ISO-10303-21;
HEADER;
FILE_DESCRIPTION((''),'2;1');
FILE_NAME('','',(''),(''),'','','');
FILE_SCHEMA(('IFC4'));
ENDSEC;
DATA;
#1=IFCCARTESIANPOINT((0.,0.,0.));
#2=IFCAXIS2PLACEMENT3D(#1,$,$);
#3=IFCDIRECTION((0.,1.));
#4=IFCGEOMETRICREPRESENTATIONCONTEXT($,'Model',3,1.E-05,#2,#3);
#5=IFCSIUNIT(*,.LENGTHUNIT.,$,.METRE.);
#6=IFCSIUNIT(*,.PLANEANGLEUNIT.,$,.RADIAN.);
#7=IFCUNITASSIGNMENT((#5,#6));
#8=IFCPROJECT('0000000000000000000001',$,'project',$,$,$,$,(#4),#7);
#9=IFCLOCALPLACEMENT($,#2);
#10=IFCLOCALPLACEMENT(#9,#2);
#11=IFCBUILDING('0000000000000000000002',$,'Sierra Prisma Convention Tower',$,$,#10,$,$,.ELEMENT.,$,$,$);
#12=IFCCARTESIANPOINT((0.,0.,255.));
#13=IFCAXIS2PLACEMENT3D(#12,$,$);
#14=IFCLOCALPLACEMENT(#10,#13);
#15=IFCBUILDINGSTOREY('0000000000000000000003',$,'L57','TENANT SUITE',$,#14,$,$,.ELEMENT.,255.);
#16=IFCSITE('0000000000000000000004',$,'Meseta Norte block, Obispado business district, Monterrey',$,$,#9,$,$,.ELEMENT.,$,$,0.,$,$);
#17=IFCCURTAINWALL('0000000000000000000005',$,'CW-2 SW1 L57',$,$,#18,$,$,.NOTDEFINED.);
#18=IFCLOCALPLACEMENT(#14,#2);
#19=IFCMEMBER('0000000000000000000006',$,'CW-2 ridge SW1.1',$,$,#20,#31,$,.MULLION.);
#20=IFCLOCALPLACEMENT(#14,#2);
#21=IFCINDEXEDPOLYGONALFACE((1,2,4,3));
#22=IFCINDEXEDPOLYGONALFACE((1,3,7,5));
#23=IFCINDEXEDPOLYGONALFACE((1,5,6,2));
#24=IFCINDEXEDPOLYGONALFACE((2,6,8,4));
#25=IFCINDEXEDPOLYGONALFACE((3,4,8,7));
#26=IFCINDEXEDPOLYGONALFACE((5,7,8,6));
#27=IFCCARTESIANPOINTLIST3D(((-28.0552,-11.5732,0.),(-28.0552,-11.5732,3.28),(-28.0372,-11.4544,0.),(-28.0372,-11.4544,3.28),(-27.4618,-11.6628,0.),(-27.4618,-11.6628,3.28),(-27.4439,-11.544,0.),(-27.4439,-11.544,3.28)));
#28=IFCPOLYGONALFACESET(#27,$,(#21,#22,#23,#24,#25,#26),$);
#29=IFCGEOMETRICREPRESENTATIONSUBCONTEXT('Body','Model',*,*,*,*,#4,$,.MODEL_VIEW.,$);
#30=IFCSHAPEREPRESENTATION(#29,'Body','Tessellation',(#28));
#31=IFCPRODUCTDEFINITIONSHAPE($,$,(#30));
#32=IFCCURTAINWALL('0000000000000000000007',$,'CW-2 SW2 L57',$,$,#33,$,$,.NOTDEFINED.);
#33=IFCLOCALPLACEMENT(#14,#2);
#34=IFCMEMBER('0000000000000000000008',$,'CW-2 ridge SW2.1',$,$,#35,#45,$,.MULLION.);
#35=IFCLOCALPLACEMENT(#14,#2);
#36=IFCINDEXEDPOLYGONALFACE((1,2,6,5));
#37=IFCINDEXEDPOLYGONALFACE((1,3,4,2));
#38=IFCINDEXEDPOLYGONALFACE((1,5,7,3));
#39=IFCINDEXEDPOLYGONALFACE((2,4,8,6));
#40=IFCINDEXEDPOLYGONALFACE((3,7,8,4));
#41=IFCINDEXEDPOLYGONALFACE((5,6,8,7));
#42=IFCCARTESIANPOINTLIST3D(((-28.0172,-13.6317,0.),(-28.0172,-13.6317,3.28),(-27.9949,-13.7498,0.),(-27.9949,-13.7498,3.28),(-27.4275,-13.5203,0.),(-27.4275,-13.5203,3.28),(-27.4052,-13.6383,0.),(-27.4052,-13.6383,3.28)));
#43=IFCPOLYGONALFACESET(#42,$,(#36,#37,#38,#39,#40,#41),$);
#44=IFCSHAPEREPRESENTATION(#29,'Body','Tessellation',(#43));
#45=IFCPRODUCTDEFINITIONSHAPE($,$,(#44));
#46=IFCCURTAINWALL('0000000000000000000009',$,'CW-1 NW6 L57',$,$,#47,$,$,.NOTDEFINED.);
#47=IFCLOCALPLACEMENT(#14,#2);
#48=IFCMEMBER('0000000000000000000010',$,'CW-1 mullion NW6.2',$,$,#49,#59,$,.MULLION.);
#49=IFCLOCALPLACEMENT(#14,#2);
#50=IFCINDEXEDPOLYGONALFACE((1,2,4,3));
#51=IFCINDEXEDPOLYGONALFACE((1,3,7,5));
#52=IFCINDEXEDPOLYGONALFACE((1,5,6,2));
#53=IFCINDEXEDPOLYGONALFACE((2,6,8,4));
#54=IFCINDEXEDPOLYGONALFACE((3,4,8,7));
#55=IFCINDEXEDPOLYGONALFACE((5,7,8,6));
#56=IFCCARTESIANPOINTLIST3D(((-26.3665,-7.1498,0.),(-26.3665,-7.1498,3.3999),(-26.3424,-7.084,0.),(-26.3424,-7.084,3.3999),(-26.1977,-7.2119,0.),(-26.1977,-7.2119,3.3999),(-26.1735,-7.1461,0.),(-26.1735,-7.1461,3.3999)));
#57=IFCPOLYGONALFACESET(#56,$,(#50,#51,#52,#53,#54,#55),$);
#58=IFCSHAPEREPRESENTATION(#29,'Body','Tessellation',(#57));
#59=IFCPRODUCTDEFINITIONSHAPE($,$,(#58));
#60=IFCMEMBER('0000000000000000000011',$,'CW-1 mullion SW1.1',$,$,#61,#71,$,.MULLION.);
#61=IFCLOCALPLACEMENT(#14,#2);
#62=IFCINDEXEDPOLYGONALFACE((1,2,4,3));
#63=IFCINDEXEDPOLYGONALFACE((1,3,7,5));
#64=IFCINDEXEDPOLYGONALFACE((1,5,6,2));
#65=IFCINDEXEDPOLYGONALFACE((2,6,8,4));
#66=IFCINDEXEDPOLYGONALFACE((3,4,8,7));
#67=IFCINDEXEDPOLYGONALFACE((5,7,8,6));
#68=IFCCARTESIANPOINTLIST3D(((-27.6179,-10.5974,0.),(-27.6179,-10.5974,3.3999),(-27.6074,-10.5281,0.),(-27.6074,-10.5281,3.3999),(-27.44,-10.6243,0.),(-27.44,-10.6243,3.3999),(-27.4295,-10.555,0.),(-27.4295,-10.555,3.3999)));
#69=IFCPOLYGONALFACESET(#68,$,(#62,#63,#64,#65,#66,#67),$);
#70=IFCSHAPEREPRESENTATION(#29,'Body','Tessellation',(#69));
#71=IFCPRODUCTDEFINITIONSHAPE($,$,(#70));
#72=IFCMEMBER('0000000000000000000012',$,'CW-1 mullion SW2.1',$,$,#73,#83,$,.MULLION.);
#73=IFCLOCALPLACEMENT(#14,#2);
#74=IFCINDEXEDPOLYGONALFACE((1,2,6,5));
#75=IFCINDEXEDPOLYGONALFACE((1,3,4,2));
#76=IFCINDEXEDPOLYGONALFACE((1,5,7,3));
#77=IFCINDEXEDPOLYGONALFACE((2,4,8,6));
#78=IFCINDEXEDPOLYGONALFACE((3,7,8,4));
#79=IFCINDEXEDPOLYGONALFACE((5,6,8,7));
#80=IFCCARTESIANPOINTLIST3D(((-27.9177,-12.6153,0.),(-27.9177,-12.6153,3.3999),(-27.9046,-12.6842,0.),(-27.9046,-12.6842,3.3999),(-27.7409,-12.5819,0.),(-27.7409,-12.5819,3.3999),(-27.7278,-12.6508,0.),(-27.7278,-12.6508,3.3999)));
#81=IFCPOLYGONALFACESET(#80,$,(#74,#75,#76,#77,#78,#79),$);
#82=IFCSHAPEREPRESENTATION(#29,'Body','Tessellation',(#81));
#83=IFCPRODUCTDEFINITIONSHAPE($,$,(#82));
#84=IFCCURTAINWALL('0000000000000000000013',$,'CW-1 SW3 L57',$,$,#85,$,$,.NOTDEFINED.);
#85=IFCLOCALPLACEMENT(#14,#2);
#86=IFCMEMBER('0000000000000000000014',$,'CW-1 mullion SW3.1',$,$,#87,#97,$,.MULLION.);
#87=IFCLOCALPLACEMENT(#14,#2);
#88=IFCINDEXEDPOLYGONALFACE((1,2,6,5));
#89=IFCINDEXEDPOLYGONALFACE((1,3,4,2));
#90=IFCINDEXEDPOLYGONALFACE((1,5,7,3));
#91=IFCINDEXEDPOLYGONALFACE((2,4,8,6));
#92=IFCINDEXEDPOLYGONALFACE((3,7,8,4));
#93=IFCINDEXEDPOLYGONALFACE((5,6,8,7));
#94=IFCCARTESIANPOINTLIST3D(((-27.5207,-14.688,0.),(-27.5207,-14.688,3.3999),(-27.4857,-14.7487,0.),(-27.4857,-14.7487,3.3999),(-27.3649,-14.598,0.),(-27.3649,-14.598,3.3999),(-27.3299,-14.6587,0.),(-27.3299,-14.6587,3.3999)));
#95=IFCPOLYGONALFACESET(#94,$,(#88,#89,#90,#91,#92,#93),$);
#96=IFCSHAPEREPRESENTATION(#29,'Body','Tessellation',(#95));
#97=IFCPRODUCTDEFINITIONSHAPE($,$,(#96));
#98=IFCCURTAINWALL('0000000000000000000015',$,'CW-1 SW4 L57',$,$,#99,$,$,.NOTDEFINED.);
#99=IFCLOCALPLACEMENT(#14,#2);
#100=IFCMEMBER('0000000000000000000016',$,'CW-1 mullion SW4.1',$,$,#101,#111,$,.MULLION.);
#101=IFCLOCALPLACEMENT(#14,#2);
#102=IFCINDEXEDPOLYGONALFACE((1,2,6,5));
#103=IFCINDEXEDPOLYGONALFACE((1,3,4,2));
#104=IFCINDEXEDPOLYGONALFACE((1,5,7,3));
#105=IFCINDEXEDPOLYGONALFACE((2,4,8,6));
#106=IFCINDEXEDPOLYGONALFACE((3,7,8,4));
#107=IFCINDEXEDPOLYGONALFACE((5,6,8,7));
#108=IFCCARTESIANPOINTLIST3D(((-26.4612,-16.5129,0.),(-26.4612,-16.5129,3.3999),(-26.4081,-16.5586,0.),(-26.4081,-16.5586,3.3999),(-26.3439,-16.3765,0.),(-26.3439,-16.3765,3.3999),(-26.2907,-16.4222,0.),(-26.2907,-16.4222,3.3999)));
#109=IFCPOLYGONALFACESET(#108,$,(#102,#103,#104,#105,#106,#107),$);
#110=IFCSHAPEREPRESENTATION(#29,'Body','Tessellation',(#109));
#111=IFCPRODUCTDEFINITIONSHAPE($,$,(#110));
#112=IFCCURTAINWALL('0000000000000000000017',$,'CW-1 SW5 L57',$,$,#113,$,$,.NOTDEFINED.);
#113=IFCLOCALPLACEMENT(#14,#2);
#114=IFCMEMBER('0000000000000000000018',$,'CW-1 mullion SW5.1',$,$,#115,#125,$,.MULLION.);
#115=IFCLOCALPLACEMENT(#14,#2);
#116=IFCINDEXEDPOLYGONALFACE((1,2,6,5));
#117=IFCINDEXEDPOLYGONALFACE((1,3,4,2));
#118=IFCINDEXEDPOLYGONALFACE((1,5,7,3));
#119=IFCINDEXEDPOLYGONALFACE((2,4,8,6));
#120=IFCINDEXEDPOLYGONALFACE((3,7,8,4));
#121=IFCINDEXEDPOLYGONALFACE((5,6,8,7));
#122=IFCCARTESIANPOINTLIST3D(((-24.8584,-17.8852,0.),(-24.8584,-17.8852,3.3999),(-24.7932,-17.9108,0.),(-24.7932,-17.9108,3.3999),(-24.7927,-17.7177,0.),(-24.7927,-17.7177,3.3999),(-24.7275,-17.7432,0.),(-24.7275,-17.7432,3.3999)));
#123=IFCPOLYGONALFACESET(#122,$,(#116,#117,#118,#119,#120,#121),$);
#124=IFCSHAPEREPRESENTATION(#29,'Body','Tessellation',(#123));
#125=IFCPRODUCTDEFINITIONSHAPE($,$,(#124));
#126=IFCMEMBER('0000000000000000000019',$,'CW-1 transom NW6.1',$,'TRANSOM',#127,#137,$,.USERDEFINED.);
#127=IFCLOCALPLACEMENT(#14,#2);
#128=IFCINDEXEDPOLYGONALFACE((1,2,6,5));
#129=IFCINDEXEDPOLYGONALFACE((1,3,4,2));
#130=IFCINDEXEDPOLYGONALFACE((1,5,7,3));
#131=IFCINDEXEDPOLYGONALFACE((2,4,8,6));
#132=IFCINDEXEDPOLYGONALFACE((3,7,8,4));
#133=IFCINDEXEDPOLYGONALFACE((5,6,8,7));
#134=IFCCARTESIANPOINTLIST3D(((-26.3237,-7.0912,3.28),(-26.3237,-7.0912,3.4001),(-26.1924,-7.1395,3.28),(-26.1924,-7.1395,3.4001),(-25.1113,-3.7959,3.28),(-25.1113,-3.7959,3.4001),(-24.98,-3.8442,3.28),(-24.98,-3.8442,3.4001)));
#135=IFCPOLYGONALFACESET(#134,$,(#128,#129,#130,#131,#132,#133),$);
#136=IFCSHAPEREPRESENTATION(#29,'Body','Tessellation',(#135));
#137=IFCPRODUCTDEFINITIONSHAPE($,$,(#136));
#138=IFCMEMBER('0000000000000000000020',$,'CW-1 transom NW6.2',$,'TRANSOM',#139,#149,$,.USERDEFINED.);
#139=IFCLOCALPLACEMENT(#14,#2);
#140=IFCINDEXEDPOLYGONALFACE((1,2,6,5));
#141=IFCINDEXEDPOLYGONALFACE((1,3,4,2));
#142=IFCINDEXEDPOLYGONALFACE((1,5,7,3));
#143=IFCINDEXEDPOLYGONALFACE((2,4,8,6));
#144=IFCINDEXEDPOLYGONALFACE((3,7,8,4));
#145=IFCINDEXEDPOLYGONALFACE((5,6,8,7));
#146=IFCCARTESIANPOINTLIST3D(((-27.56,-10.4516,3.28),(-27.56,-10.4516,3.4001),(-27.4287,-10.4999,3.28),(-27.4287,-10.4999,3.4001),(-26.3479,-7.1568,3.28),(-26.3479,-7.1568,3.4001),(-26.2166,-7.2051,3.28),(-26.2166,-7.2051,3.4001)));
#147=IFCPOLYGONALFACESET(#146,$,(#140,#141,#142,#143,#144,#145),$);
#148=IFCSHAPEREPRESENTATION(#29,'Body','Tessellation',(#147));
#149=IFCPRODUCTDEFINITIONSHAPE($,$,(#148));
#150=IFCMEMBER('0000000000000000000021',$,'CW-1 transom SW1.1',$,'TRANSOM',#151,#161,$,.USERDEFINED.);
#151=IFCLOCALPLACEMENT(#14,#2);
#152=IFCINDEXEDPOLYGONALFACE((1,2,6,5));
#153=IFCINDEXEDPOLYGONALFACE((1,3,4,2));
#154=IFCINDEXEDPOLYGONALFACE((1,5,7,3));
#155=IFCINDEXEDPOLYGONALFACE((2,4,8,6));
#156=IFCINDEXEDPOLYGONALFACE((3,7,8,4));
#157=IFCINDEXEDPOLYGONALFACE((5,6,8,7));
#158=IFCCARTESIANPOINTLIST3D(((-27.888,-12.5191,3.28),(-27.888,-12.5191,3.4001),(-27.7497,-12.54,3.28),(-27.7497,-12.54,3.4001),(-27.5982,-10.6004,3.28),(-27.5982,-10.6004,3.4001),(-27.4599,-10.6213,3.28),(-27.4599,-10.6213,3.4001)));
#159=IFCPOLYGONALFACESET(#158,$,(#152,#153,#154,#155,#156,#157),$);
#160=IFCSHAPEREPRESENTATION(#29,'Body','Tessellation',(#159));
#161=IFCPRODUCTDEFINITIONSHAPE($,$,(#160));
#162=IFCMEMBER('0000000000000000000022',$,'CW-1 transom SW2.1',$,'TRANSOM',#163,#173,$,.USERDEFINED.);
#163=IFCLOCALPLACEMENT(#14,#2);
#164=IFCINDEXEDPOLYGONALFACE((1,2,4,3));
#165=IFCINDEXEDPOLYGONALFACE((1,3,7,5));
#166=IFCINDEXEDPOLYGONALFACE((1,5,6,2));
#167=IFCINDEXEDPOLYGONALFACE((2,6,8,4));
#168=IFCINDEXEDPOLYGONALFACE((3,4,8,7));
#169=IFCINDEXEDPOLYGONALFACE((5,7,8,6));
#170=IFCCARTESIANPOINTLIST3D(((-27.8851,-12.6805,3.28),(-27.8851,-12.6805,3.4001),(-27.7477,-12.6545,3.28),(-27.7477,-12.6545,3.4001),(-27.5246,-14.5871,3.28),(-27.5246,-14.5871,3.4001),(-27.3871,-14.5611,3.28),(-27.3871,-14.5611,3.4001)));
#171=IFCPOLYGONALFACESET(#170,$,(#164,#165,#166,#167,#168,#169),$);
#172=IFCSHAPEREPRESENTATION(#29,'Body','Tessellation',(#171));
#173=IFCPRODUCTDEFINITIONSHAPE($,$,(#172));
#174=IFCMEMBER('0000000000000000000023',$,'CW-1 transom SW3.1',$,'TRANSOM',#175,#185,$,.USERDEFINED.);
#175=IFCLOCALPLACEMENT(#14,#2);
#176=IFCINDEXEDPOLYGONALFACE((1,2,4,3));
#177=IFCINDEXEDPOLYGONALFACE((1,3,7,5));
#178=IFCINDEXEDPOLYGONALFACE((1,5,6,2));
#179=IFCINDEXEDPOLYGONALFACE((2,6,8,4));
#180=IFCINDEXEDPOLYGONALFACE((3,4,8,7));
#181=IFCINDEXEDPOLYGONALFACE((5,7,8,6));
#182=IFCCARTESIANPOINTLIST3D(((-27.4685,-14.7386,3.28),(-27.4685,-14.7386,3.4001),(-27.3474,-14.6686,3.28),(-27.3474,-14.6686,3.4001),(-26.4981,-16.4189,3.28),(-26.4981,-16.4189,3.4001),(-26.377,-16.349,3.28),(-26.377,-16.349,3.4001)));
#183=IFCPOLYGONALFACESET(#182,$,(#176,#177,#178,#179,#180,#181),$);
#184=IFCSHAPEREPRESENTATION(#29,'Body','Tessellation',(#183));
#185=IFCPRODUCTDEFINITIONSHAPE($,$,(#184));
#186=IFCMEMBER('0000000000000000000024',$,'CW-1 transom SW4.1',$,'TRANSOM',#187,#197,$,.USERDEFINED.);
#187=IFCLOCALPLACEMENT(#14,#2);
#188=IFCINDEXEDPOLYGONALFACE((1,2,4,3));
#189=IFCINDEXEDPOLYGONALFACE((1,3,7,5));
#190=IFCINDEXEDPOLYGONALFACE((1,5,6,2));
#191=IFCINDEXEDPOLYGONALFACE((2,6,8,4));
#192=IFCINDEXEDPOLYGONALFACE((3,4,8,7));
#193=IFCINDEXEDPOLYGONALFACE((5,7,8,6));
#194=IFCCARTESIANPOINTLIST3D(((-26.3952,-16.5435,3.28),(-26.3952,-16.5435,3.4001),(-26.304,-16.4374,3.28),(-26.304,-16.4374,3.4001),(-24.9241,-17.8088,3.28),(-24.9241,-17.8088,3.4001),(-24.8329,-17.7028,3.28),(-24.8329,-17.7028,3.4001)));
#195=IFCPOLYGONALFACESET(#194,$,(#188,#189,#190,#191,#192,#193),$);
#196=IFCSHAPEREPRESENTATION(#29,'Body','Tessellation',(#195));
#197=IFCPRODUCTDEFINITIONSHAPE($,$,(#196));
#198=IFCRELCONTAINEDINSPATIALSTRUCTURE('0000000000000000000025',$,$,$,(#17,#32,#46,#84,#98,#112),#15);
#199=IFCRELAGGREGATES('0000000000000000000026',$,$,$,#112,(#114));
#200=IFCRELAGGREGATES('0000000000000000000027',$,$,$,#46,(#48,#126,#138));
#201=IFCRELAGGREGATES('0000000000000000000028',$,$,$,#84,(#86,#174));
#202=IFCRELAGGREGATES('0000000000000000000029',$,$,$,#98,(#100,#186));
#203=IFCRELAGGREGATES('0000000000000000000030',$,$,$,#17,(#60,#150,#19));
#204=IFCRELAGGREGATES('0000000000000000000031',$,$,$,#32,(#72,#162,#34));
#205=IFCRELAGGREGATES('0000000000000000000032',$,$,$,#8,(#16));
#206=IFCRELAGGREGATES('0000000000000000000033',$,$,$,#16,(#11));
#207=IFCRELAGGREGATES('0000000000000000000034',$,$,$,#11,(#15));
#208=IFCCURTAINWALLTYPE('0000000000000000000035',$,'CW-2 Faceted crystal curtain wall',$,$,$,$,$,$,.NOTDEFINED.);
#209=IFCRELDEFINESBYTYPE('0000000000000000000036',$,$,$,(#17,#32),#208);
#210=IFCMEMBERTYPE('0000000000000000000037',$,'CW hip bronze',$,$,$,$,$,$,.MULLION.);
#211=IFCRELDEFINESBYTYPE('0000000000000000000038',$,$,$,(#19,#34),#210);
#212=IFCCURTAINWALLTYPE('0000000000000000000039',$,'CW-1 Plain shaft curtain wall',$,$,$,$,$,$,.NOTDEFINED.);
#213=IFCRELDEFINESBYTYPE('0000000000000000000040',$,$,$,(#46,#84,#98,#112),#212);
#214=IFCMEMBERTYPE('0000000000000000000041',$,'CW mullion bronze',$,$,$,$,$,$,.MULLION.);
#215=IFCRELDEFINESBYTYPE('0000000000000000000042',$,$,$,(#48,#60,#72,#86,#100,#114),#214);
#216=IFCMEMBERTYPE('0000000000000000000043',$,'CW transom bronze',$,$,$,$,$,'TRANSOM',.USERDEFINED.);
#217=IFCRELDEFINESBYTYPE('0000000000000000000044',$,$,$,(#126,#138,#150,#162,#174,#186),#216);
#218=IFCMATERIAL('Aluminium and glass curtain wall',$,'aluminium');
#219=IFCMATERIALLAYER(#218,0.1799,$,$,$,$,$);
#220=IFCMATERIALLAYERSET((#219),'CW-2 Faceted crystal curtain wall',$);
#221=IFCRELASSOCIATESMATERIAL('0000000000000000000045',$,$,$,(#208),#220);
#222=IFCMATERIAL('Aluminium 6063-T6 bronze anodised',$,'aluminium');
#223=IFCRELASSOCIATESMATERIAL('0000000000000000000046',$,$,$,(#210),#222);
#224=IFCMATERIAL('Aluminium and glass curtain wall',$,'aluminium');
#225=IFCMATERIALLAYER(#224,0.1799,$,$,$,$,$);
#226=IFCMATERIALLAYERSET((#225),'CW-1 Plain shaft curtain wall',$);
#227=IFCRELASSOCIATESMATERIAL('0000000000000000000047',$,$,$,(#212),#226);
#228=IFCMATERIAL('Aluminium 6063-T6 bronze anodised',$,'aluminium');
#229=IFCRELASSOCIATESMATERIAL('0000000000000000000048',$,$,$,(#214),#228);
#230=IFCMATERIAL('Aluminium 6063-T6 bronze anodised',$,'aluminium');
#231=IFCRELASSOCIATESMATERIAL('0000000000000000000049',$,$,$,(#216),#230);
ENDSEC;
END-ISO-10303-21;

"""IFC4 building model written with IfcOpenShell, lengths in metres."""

from ifc_helpers import new_model, si_unit, direction, frame, origin, origin_2d, place, context, subcontext, project, spatial, rectangle, extrude, material, layer, layer_set, material_profile, profile_set, type_object, element, aggregate, save


model = new_model("IFC4")

# Units and contexts
model_context = context("Model", 3, precision=1e-05, world=origin(), true_north=direction((0.0, 1.0)))
body_context = subcontext(model_context, "Body", "Model", "MODEL_VIEW")
ifc_project = project(units=[si_unit("LENGTHUNIT", "METRE"), si_unit("PLANEANGLEUNIT", "RADIAN")], contexts=[model_context])

# Site, building, storey
site_placement = place(None, origin())
site = spatial("IfcSite", under=ifc_project, at=site_placement, Name="Meseta Norte block, Obispado business district, Monterrey", CompositionType="ELEMENT", RefElevation=0.0)
building_placement = place(site_placement, origin())
building = spatial("IfcBuilding", under=site, at=building_placement, Name="Sierra Prisma Convention Tower", CompositionType="ELEMENT")
storey_placement = place(building_placement, frame((0.0, 0.0, 255.0)))
storey = spatial("IfcBuildingStorey", under=building, at=storey_placement, Name="L57", Description="TENANT SUITE", CompositionType="ELEMENT", Elevation=255.0)

# Curtain walls, members
ifc_material_1 = material(Name="Aluminium and glass curtain wall", Category="aluminium")
ifc_layer_1 = layer(ifc_material_1, 0.1799)
ifc_layer_set_1 = layer_set([ifc_layer_1], Name="CW-2 Faceted crystal curtain wall")
curtain_wall_type_1 = type_object("IfcCurtainWallType", Name="CW-2 Faceted crystal curtain wall", PredefinedType="NOTDEFINED", material=ifc_layer_set_1)
curtain_wall_1_placement = place(storey_placement, origin())
curtain_wall_1 = element("IfcCurtainWall", 1, at=curtain_wall_1_placement, inside=storey, type_object=curtain_wall_type_1, Name="CW-2 SW1 L57", PredefinedType="NOTDEFINED")
ifc_material_2 = material(Name="Aluminium 6063-T6 bronze anodised", Category="aluminium")
ifc_material_profile_1 = material_profile(ifc_material_2, rectangle(XDim=0.1201, YDim=0.6001, at=origin_2d()), Name="ALU RIDGE BLADE 120x600")
ifc_profile_set_1 = profile_set([ifc_material_profile_1], Name="Aluminium 6063-T6 bronze anodised")
member_type_1 = type_object("IfcMemberType", Name="CW hip bronze", PredefinedType="MULLION", material=ifc_profile_set_1)
member_1_placement = place(storey_placement, frame((-27.7495, -11.5586, 0.0), z_axis=(0.0, 0.0, 1.0), x_axis=(-0.149373, -0.988781, 0.0)))
member_1 = element("IfcMember", 2, at=member_1_placement, type_object=member_type_1, Name="CW-2 ridge SW1.1", PredefinedType="MULLION", context=body_context, shape_type="SweptSolid", body=[
    extrude(rectangle(XDim=0.1201, YDim=0.6001, at=origin_2d()), origin(), (0.0, 0.0, 1.0), 3.28),
])
curtain_wall_2_placement = place(storey_placement, origin())
curtain_wall_2 = element("IfcCurtainWall", 3, at=curtain_wall_2_placement, inside=storey, type_object=curtain_wall_type_1, Name="CW-2 SW2 L57", PredefinedType="NOTDEFINED")
member_2_placement = place(storey_placement, frame((-27.7112, -13.635, 0.0), z_axis=(0.0, 0.0, 1.0), x_axis=(0.185747, -0.982598, 0.0)))
member_2 = element("IfcMember", 4, at=member_2_placement, type_object=member_type_1, Name="CW-2 ridge SW2.1", PredefinedType="MULLION", context=body_context, shape_type="SweptSolid", body=[
    extrude(rectangle(XDim=0.1201, YDim=0.6001, at=origin_2d()), origin(), (0.0, 0.0, 1.0), 3.28),
])
ifc_material_3 = material(Name="Aluminium and glass curtain wall", Category="aluminium")
ifc_layer_2 = layer(ifc_material_3, 0.1799)
ifc_layer_set_2 = layer_set([ifc_layer_2], Name="CW-1 Plain shaft curtain wall")
curtain_wall_type_2 = type_object("IfcCurtainWallType", Name="CW-1 Plain shaft curtain wall", PredefinedType="NOTDEFINED", material=ifc_layer_set_2)
curtain_wall_3_placement = place(storey_placement, origin())
curtain_wall_3 = element("IfcCurtainWall", 5, at=curtain_wall_3_placement, inside=storey, type_object=curtain_wall_type_2, Name="CW-1 NW6 L57", PredefinedType="NOTDEFINED")
ifc_material_4 = material(Name="Aluminium 6063-T6 bronze anodised", Category="aluminium")
ifc_material_profile_2 = material_profile(ifc_material_4, rectangle(XDim=0.1799, YDim=0.0701, at=origin_2d()), Name="ALU MULLION 70x180")
ifc_profile_set_2 = profile_set([ifc_material_profile_2], Name="Aluminium 6063-T6 bronze anodised")
member_type_2 = type_object("IfcMemberType", Name="CW mullion bronze", PredefinedType="MULLION", material=ifc_profile_set_2)
member_3_placement = place(storey_placement, frame((-26.27, -7.1479, 0.0), z_axis=(0.0, 0.0, 1.0), x_axis=(0.938502, -0.345274, 0.0)))
member_3 = element("IfcMember", 6, at=member_3_placement, type_object=member_type_2, Name="CW-1 mullion NW6.2", PredefinedType="MULLION", context=body_context, shape_type="SweptSolid", body=[
    extrude(rectangle(XDim=0.1799, YDim=0.0701, at=origin_2d()), origin(), (0.0, 0.0, 1.0), 3.3999),
])

# Members
member_4_placement = place(storey_placement, frame((-27.5237, -10.5762, 0.0), z_axis=(0.0, 0.0, 1.0), x_axis=(0.988781, -0.149373, 0.0)))
member_4 = element("IfcMember", 7, at=member_4_placement, type_object=member_type_2, Name="CW-1 mullion SW1.1", PredefinedType="MULLION", context=body_context, shape_type="SweptSolid", body=[
    extrude(rectangle(XDim=0.1799, YDim=0.0701, at=origin_2d()), origin(), (0.0, 0.0, 1.0), 3.3999),
])
member_5_placement = place(storey_placement, frame((-27.8228, -12.6331, 0.0), z_axis=(0.0, 0.0, 1.0), x_axis=(0.982598, 0.185747, 0.0)))
member_5 = element("IfcMember", 8, at=member_5_placement, type_object=member_type_2, Name="CW-1 mullion SW2.1", PredefinedType="MULLION", context=body_context, shape_type="SweptSolid", body=[
    extrude(rectangle(XDim=0.1799, YDim=0.0701, at=origin_2d()), origin(), (0.0, 0.0, 1.0), 3.3999),
])

# Curtain walls, members
curtain_wall_4_placement = place(storey_placement, origin())
curtain_wall_4 = element("IfcCurtainWall", 9, at=curtain_wall_4_placement, inside=storey, type_object=curtain_wall_type_2, Name="CW-1 SW3 L57", PredefinedType="NOTDEFINED")
member_6_placement = place(storey_placement, frame((-27.4253, -14.6733, 0.0), z_axis=(0.0, 0.0, 1.0), x_axis=(0.866025, 0.5, 0.0)))
member_6 = element("IfcMember", 10, at=member_6_placement, type_object=member_type_2, Name="CW-1 mullion SW3.1", PredefinedType="MULLION", context=body_context, shape_type="SweptSolid", body=[
    extrude(rectangle(XDim=0.1799, YDim=0.0701, at=origin_2d()), origin(), (0.0, 0.0, 1.0), 3.3999),
])
curtain_wall_5_placement = place(storey_placement, origin())
curtain_wall_5 = element("IfcCurtainWall", 11, at=curtain_wall_5_placement, inside=storey, type_object=curtain_wall_type_2, Name="CW-1 SW4 L57", PredefinedType="NOTDEFINED")
member_7_placement = place(storey_placement, frame((-26.376, -16.4675, 0.0), z_axis=(0.0, 0.0, 1.0), x_axis=(0.652161, 0.758081, 0.0)))
member_7 = element("IfcMember", 12, at=member_7_placement, type_object=member_type_2, Name="CW-1 mullion SW4.1", PredefinedType="MULLION", context=body_context, shape_type="SweptSolid", body=[
    extrude(rectangle(XDim=0.1799, YDim=0.0701, at=origin_2d()), origin(), (0.0, 0.0, 1.0), 3.3999),
])
curtain_wall_6_placement = place(storey_placement, origin())
curtain_wall_6 = element("IfcCurtainWall", 13, at=curtain_wall_6_placement, inside=storey, type_object=curtain_wall_type_2, Name="CW-1 SW5 L57", PredefinedType="NOTDEFINED")
member_8_placement = place(storey_placement, frame((-24.793, -17.8142, 0.0), z_axis=(0.0, 0.0, 1.0), x_axis=(0.36503, 0.930996, 0.0)))
member_8 = element("IfcMember", 14, at=member_8_placement, type_object=member_type_2, Name="CW-1 mullion SW5.1", PredefinedType="MULLION", context=body_context, shape_type="SweptSolid", body=[
    extrude(rectangle(XDim=0.1799, YDim=0.0701, at=origin_2d()), origin(), (0.0, 0.0, 1.0), 3.3999),
])

# Members
ifc_material_5 = material(Name="Aluminium 6063-T6 bronze anodised", Category="aluminium")
ifc_material_profile_3 = material_profile(ifc_material_5, rectangle(XDim=0.1399, YDim=0.1201, at=origin_2d()), Name="ALU TRANSOM 120x140")
ifc_profile_set_3 = profile_set([ifc_material_profile_3], Name="Aluminium 6063-T6 bronze anodised")
member_type_3 = type_object("IfcMemberType", Name="CW transom bronze", ElementType="TRANSOM", PredefinedType="USERDEFINED", material=ifc_profile_set_3)
member_9_placement = place(storey_placement, frame((-25.0457, -3.8201, 3.3401), z_axis=(-0.345303, -0.938491, 0.0), x_axis=(0.938491, -0.345303, 0.0)))
member_9 = element("IfcMember", 15, at=member_9_placement, type_object=member_type_3, Name="CW-1 transom NW6.1", ObjectType="TRANSOM", PredefinedType="USERDEFINED", context=body_context, shape_type="SweptSolid", body=[
    extrude(rectangle(XDim=0.1399, YDim=0.1201, at=origin_2d()), origin(), (0.0, 0.0, 1.0), 3.5112),
])
member_10_placement = place(storey_placement, frame((-26.2822, -7.1809, 3.3401), z_axis=(-0.345264, -0.938506, 0.0), x_axis=(0.938506, -0.345264, 0.0)))
member_10 = element("IfcMember", 16, at=member_10_placement, type_object=member_type_3, Name="CW-1 transom NW6.2", ObjectType="TRANSOM", PredefinedType="USERDEFINED", context=body_context, shape_type="SweptSolid", body=[
    extrude(rectangle(XDim=0.1399, YDim=0.1201, at=origin_2d()), origin(), (0.0, 0.0, 1.0), 3.5107),
])
member_11_placement = place(storey_placement, frame((-27.5291, -10.6108, 3.3401), z_axis=(-0.149343, -0.988785, 0.0), x_axis=(0.988785, -0.149343, 0.0)))
member_11 = element("IfcMember", 17, at=member_11_placement, type_object=member_type_3, Name="CW-1 transom SW1.1", ObjectType="TRANSOM", PredefinedType="USERDEFINED", context=body_context, shape_type="SweptSolid", body=[
    extrude(rectangle(XDim=0.1399, YDim=0.1201, at=origin_2d()), origin(), (0.0, 0.0, 1.0), 1.9404),
])
member_12_placement = place(storey_placement, frame((-27.8164, -12.6675, 3.3401), z_axis=(0.185823, -0.982583, 0.0), x_axis=(0.982583, 0.185823, 0.0)))
member_12 = element("IfcMember", 18, at=member_12_placement, type_object=member_type_3, Name="CW-1 transom SW2.1", ObjectType="TRANSOM", PredefinedType="USERDEFINED", context=body_context, shape_type="SweptSolid", body=[
    extrude(rectangle(XDim=0.1399, YDim=0.1201, at=origin_2d()), origin(), (0.0, 0.0, 1.0), 1.9404),
])
member_13_placement = place(storey_placement, frame((-27.408, -14.7036, 3.3401), z_axis=(0.500104, -0.865966, 0.0), x_axis=(0.865966, 0.500104, 0.0)))
member_13 = element("IfcMember", 19, at=member_13_placement, type_object=member_type_3, Name="CW-1 transom SW3.1", ObjectType="TRANSOM", PredefinedType="USERDEFINED", context=body_context, shape_type="SweptSolid", body=[
    extrude(rectangle(XDim=0.1399, YDim=0.1201, at=origin_2d()), origin(), (0.0, 0.0, 1.0), 1.9404),
])
member_14_placement = place(storey_placement, frame((-26.3496, -16.4905, 3.3401), z_axis=(0.758145, -0.652086, 0.0), x_axis=(0.652086, 0.758145, 0.0)))
member_14 = element("IfcMember", 20, at=member_14_placement, type_object=member_type_3, Name="CW-1 transom SW4.1", ObjectType="TRANSOM", PredefinedType="USERDEFINED", context=body_context, shape_type="SweptSolid", body=[
    extrude(rectangle(XDim=0.1399, YDim=0.1201, at=origin_2d()), origin(), (0.0, 0.0, 1.0), 1.9404),
])
aggregate(curtain_wall_6, [member_8])

aggregate(curtain_wall_3, [member_3, member_9, member_10])
aggregate(curtain_wall_4, [member_6, member_13])
aggregate(curtain_wall_5, [member_7, member_14])
aggregate(curtain_wall_1, [member_4, member_11, member_1])
aggregate(curtain_wall_2, [member_5, member_12, member_2])

save(model, "model.ifc")
